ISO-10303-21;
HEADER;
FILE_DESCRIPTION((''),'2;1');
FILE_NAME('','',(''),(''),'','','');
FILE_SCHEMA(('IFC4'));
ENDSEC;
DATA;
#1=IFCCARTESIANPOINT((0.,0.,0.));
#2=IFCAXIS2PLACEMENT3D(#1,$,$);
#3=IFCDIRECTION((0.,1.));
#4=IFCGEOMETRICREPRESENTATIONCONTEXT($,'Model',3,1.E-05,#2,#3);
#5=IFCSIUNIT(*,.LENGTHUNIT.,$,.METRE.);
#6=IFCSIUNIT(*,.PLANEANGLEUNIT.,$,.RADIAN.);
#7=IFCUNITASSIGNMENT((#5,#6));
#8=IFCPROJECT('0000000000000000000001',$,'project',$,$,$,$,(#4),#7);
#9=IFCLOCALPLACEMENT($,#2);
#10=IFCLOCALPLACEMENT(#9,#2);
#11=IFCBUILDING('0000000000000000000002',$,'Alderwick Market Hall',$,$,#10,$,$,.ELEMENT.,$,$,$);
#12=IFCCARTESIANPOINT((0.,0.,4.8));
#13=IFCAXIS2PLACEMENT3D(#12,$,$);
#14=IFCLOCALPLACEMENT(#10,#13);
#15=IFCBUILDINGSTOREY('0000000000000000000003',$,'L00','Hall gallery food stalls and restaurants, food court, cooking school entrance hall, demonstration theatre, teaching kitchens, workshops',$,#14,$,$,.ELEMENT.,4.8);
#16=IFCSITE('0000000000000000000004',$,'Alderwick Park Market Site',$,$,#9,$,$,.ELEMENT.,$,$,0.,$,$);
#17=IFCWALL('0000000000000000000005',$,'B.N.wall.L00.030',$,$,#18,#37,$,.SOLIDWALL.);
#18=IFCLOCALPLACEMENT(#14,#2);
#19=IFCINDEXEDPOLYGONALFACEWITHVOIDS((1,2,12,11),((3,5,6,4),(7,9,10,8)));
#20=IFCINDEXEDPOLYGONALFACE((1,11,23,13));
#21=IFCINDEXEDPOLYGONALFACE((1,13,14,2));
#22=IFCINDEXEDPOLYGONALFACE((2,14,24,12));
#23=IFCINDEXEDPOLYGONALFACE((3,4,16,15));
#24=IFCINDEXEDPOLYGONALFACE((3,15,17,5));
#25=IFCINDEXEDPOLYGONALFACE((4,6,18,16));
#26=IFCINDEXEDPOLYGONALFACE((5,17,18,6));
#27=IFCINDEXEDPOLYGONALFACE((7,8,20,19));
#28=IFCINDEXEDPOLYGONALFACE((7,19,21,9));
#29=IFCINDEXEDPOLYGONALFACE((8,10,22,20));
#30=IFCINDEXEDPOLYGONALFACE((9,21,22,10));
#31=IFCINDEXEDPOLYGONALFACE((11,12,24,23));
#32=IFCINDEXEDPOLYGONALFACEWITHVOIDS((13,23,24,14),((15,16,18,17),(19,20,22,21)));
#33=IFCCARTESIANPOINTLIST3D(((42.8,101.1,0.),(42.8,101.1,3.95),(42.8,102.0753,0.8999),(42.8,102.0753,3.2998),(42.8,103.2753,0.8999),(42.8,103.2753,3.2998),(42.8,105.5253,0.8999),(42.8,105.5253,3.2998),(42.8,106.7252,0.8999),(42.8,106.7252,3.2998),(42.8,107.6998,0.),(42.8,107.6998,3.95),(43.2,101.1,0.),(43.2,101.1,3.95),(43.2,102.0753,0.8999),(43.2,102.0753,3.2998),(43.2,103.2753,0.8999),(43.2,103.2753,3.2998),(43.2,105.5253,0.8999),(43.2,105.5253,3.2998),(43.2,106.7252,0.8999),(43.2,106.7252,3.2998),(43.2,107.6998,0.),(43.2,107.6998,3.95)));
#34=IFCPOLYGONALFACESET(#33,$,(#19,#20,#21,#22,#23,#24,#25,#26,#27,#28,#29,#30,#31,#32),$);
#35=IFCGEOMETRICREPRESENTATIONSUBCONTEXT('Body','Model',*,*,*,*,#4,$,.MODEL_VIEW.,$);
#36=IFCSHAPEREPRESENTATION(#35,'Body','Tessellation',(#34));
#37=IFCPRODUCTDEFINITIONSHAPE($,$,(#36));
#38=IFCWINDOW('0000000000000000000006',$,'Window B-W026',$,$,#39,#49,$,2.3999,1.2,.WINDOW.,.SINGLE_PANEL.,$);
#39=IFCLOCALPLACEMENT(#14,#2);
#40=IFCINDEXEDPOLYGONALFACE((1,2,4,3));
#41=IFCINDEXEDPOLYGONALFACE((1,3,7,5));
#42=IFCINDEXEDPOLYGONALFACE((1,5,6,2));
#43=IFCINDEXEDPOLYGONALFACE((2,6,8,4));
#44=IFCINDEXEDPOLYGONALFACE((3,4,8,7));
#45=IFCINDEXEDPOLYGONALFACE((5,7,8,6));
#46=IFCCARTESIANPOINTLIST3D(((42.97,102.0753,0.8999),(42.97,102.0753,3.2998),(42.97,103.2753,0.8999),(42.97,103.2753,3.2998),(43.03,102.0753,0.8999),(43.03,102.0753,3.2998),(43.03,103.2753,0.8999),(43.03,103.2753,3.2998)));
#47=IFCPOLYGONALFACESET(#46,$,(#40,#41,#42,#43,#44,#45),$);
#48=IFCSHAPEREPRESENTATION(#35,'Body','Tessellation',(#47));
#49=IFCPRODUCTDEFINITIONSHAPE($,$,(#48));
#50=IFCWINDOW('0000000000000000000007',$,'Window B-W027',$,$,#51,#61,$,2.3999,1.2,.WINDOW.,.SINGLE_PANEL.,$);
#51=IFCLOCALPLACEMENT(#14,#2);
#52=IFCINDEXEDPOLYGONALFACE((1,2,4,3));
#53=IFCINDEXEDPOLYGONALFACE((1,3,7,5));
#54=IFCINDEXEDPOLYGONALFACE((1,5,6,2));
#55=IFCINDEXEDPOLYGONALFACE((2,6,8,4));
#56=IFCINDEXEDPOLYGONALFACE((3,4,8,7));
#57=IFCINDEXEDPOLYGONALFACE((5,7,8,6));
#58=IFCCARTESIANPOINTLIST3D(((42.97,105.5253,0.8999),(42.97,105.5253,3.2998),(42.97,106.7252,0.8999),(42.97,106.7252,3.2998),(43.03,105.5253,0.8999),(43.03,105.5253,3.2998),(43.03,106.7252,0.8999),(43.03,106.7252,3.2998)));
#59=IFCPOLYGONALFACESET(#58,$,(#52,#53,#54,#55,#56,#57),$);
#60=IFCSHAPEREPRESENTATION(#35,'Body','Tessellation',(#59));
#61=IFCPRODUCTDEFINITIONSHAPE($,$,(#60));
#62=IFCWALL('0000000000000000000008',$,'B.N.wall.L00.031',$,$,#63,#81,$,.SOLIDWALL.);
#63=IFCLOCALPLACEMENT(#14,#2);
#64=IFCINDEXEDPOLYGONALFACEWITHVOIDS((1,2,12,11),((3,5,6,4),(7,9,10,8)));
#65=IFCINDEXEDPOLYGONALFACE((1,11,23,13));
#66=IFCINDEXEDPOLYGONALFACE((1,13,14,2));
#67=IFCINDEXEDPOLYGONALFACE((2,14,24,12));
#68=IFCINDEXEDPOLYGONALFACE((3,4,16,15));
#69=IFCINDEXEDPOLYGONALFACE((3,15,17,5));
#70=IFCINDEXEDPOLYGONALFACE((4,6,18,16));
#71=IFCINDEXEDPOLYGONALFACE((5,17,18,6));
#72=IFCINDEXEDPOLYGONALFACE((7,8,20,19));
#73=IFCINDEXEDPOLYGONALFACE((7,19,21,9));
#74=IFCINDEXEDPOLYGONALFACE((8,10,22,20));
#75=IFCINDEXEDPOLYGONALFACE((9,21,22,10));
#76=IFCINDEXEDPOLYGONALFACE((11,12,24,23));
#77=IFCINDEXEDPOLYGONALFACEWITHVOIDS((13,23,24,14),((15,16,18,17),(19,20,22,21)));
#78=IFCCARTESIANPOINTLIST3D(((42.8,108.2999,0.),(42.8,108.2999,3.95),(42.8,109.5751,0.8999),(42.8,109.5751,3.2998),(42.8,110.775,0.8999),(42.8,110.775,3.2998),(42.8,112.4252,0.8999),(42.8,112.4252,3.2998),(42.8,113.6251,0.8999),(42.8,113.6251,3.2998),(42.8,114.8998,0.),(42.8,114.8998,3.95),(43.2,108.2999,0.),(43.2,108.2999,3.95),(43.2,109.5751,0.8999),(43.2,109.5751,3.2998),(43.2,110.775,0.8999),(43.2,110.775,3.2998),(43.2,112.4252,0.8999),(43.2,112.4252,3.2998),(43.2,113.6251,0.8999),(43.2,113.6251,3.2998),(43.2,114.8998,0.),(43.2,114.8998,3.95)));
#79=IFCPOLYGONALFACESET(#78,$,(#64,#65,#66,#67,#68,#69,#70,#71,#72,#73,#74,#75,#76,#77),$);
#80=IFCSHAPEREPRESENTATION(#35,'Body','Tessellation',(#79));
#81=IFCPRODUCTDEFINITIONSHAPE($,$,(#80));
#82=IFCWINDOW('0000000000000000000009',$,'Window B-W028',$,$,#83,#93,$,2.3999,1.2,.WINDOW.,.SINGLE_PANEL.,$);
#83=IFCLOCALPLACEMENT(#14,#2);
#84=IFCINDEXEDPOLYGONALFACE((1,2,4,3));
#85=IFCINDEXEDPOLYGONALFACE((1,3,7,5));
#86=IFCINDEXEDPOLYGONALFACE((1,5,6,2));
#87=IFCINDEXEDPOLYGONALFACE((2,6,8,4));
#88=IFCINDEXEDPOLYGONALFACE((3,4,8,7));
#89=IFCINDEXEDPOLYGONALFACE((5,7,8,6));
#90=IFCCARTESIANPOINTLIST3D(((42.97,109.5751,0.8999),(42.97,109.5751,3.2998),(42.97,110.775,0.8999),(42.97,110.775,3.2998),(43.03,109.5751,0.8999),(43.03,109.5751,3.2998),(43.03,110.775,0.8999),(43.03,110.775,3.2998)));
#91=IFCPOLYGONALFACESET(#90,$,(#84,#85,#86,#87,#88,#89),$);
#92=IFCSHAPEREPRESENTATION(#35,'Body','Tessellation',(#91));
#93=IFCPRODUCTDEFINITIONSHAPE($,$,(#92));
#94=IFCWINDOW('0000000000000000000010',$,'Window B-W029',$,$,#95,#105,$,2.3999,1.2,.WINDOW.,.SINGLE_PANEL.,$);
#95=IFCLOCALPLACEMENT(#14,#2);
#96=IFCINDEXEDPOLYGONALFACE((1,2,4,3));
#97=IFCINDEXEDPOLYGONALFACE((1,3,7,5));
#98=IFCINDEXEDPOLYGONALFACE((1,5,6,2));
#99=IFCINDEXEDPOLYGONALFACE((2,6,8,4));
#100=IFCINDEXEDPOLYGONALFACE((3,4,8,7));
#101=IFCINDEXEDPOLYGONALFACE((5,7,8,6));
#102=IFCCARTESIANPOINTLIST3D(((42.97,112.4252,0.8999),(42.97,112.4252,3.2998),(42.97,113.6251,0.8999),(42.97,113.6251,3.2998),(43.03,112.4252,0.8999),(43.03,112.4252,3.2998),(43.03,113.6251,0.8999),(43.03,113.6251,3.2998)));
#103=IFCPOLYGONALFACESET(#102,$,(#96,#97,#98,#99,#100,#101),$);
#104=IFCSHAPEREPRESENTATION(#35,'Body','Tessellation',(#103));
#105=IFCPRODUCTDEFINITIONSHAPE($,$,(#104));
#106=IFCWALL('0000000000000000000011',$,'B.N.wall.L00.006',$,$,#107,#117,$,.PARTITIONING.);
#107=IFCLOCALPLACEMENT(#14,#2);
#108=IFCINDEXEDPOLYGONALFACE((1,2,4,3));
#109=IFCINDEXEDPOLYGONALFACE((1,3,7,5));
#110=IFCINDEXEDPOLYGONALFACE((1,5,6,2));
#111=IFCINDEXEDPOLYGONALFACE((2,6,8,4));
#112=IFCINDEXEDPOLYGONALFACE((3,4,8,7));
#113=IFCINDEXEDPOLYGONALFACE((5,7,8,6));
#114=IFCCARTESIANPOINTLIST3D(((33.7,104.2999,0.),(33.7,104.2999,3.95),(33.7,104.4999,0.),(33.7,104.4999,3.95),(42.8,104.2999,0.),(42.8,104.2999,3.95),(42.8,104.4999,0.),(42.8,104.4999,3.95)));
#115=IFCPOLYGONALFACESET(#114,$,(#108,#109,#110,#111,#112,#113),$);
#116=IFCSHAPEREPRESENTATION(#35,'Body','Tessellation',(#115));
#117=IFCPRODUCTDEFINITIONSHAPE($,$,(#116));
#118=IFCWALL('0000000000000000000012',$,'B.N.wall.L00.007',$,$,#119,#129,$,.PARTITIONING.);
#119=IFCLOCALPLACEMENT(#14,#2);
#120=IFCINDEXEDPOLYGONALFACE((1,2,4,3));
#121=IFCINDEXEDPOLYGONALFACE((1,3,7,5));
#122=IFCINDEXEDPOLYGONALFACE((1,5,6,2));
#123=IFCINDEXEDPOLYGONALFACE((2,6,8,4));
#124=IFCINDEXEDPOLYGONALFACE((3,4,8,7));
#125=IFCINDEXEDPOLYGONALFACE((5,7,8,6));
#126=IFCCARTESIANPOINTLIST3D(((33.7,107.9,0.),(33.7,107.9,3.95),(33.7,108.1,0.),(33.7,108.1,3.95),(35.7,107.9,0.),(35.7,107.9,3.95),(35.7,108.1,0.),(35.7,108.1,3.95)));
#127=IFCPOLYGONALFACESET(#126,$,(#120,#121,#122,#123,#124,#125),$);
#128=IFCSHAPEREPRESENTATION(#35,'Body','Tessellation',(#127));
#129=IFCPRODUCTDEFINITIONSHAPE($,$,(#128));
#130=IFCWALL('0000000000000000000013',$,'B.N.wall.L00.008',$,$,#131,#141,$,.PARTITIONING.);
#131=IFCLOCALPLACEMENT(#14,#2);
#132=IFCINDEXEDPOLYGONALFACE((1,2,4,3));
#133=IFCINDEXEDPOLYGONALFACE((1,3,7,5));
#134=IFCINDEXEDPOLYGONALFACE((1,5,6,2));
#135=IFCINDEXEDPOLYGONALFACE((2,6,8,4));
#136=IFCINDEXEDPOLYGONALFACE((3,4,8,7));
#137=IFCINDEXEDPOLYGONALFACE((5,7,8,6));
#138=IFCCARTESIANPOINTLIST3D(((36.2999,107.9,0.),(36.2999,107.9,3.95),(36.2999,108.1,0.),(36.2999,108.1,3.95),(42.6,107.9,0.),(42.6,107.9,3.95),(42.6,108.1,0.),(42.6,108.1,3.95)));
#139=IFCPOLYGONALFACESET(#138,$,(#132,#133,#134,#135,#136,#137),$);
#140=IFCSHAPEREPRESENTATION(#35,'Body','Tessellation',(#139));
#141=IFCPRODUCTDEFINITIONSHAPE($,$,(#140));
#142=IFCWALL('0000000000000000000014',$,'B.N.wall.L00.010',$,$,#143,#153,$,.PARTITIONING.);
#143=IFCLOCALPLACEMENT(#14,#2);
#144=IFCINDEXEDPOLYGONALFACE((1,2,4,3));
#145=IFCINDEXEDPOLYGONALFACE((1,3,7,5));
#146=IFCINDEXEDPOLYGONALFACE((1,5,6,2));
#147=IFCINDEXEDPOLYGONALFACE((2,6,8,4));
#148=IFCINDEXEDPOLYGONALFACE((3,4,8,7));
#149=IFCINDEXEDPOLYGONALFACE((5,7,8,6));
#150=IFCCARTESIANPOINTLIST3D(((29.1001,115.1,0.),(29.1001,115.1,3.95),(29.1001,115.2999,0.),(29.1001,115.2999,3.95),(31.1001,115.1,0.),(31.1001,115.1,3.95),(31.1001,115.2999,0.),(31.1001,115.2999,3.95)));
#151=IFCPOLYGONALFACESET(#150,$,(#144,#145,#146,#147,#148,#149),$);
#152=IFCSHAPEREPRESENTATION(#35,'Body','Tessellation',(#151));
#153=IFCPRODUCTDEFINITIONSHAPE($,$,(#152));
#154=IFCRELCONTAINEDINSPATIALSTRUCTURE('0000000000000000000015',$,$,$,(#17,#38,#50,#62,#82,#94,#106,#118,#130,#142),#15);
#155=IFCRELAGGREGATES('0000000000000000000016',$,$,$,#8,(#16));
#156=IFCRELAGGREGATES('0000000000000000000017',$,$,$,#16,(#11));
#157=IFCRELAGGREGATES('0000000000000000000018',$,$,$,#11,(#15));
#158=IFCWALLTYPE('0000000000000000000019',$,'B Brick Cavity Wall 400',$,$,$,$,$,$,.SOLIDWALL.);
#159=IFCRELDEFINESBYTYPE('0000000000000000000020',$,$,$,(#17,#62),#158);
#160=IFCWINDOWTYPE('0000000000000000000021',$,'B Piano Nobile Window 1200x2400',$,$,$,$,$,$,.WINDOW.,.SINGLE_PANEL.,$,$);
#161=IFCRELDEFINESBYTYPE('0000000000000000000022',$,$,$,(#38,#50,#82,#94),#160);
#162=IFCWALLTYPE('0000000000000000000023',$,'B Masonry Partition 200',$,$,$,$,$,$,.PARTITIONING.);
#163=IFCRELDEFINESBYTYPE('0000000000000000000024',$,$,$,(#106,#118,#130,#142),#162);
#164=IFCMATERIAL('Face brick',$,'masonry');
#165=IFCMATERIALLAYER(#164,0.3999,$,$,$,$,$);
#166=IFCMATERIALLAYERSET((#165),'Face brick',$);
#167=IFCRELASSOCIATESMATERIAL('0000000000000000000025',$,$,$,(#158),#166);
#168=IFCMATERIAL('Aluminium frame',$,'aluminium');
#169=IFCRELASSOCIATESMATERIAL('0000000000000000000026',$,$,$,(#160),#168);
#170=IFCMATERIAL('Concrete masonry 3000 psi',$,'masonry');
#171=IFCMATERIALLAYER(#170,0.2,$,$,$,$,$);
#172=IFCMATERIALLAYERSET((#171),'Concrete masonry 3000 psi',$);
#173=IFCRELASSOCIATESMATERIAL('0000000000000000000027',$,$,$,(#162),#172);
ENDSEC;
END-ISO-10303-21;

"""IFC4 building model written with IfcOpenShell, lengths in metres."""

from ifc_helpers import new_model, si_unit, direction, frame, frame_2d, origin, place, context, subcontext, project, spatial, rectangle, extrude, material, layer, layer_set, type_object, element, fill, save


model = new_model("IFC4")

# Units and contexts
model_context = context("Model", 3, precision=1e-05, world=origin(), true_north=direction((0.0, 1.0)))
body_context = subcontext(model_context, "Body", "Model", "MODEL_VIEW")
ifc_project = project(units=[si_unit("LENGTHUNIT", "METRE"), si_unit("PLANEANGLEUNIT", "RADIAN")], contexts=[model_context])

# Site, building, storey
site_placement = place(None, origin())
site = spatial("IfcSite", under=ifc_project, at=site_placement, Name="Alderwick Park Market Site", CompositionType="ELEMENT", RefElevation=0.0)
building_placement = place(site_placement, origin())
building = spatial("IfcBuilding", under=site, at=building_placement, Name="Alderwick Market Hall", CompositionType="ELEMENT")
storey_placement = place(building_placement, frame((0.0, 0.0, 4.8)))
storey = spatial("IfcBuildingStorey", under=building, at=storey_placement, Name="L00", Description="Hall gallery food stalls and restaurants, food court, cooking school entrance hall, demonstration theatre, teaching kitchens, workshops", CompositionType="ELEMENT", Elevation=4.8)

# Walls, openings, windows
ifc_material_1 = material(Name="Face brick", Category="masonry")
ifc_layer_1 = layer(ifc_material_1, 0.3999)
ifc_layer_set_1 = layer_set([ifc_layer_1], Name="Face brick")
wall_type_1 = type_object("IfcWallType", Name="B Brick Cavity Wall 400", PredefinedType="SOLIDWALL", material=ifc_layer_set_1)
wall_1_placement = place(storey_placement, frame((43.0, 101.1001, 0.0), z_axis=(0.0, 0.0, 1.0), x_axis=(0.0, 1.0, 0.0)))
wall_1 = element("IfcWall", 1, at=wall_1_placement, inside=storey, type_object=wall_type_1, Name="B.N.wall.L00.030", PredefinedType="SOLIDWALL", context=body_context, shape_type="SweptSolid", body=[
    extrude(rectangle(XDim=6.5999, YDim=0.3999, at=frame_2d((3.2998, 0.0))), origin(), (0.0, 0.0, 1.0), 3.95),
])
opening_1_placement = place(wall_1_placement, frame((0.9751, 0.0, 0.8999)))
opening_1 = element("IfcOpeningElement", 2, at=opening_1_placement, cuts=wall_1, PredefinedType="OPENING", context=body_context, shape_type="SweptSolid", body=[
    extrude(rectangle(XDim=1.2, YDim=2.3999, at=frame_2d((0.6001, 1.2))), frame((0.0, 0.21, 0.0), z_axis=(0.0, -1.0, 0.0), x_axis=(1.0, 0.0, 0.0)), (0.0, 0.0, 1.0), 0.4199),
])
opening_2_placement = place(wall_1_placement, frame((4.425, 0.0, 0.8999)))
opening_2 = element("IfcOpeningElement", 3, at=opening_2_placement, cuts=wall_1, PredefinedType="OPENING", context=body_context, shape_type="SweptSolid", body=[
    extrude(rectangle(XDim=1.2, YDim=2.3999, at=frame_2d((0.6001, 1.2))), frame((0.0, 0.21, 0.0), z_axis=(0.0, -1.0, 0.0), x_axis=(1.0, 0.0, 0.0)), (0.0, 0.0, 1.0), 0.4199),
])
ifc_material_2 = material(Name="Aluminium frame", Category="aluminium")
window_type = type_object("IfcWindowType", Name="B Piano Nobile Window 1200x2400", PartitioningType="SINGLE_PANEL", PredefinedType="WINDOW", material=ifc_material_2)
window_1_placement = place(opening_1_placement, origin())
window_1 = element("IfcWindow", 4, at=window_1_placement, inside=storey, type_object=window_type, Name="Window B-W026", OverallHeight=2.3999, OverallWidth=1.2, PartitioningType="SINGLE_PANEL", PredefinedType="WINDOW", context=body_context, shape_type="SweptSolid", body=[
    extrude(rectangle(XDim=1.2, YDim=2.3999, at=frame_2d((0.6001, 1.2))), frame((0.0, 0.03, 0.0), z_axis=(0.0, -1.0, 0.0), x_axis=(1.0, 0.0, 0.0)), (0.0, 0.0, 1.0), 0.0601),
])
fill(opening_1, window_1)
window_2_placement = place(opening_2_placement, origin())
window_2 = element("IfcWindow", 5, at=window_2_placement, inside=storey, type_object=window_type, Name="Window B-W027", OverallHeight=2.3999, OverallWidth=1.2, PartitioningType="SINGLE_PANEL", PredefinedType="WINDOW", context=body_context, shape_type="SweptSolid", body=[
    extrude(rectangle(XDim=1.2, YDim=2.3999, at=frame_2d((0.6001, 1.2))), frame((0.0, 0.03, 0.0), z_axis=(0.0, -1.0, 0.0), x_axis=(1.0, 0.0, 0.0)), (0.0, 0.0, 1.0), 0.0601),
])
fill(opening_2, window_2)
wall_2_placement = place(storey_placement, frame((43.0, 108.3, 0.0), z_axis=(0.0, 0.0, 1.0), x_axis=(0.0, 1.0, 0.0)))
wall_2 = element("IfcWall", 6, at=wall_2_placement, inside=storey, type_object=wall_type_1, Name="B.N.wall.L00.031", PredefinedType="SOLIDWALL", context=body_context, shape_type="SweptSolid", body=[
    extrude(rectangle(XDim=6.5999, YDim=0.3999, at=frame_2d((3.2998, 0.0))), origin(), (0.0, 0.0, 1.0), 3.95),
])
opening_3_placement = place(wall_2_placement, frame((1.2749, 0.0, 0.8999)))
opening_3 = element("IfcOpeningElement", 7, at=opening_3_placement, cuts=wall_2, PredefinedType="OPENING", context=body_context, shape_type="SweptSolid", body=[
    extrude(rectangle(XDim=1.2, YDim=2.3999, at=frame_2d((0.6001, 1.2))), frame((0.0, 0.21, 0.0), z_axis=(0.0, -1.0, 0.0), x_axis=(1.0, 0.0, 0.0)), (0.0, 0.0, 1.0), 0.4199),
])
opening_4_placement = place(wall_2_placement, frame((4.125, 0.0, 0.8999)))
opening_4 = element("IfcOpeningElement", 8, at=opening_4_placement, cuts=wall_2, PredefinedType="OPENING", context=body_context, shape_type="SweptSolid", body=[
    extrude(rectangle(XDim=1.2, YDim=2.3999, at=frame_2d((0.6001, 1.2))), frame((0.0, 0.21, 0.0), z_axis=(0.0, -1.0, 0.0), x_axis=(1.0, 0.0, 0.0)), (0.0, 0.0, 1.0), 0.4199),
])
window_3_placement = place(opening_3_placement, origin())
window_3 = element("IfcWindow", 9, at=window_3_placement, inside=storey, type_object=window_type, Name="Window B-W028", OverallHeight=2.3999, OverallWidth=1.2, PartitioningType="SINGLE_PANEL", PredefinedType="WINDOW", context=body_context, shape_type="SweptSolid", body=[
    extrude(rectangle(XDim=1.2, YDim=2.3999, at=frame_2d((0.6001, 1.2))), frame((0.0, 0.03, 0.0), z_axis=(0.0, -1.0, 0.0), x_axis=(1.0, 0.0, 0.0)), (0.0, 0.0, 1.0), 0.0601),
])
fill(opening_3, window_3)
window_4_placement = place(opening_4_placement, origin())
window_4 = element("IfcWindow", 10, at=window_4_placement, inside=storey, type_object=window_type, Name="Window B-W029", OverallHeight=2.3999, OverallWidth=1.2, PartitioningType="SINGLE_PANEL", PredefinedType="WINDOW", context=body_context, shape_type="SweptSolid", body=[
    extrude(rectangle(XDim=1.2, YDim=2.3999, at=frame_2d((0.6001, 1.2))), frame((0.0, 0.03, 0.0), z_axis=(0.0, -1.0, 0.0), x_axis=(1.0, 0.0, 0.0)), (0.0, 0.0, 1.0), 0.0601),
])
fill(opening_4, window_4)

# Walls
ifc_material_3 = material(Name="Concrete masonry 3000 psi", Category="masonry")
ifc_layer_2 = layer(ifc_material_3, 0.2)
ifc_layer_set_2 = layer_set([ifc_layer_2], Name="Concrete masonry 3000 psi")
wall_type_2 = type_object("IfcWallType", Name="B Masonry Partition 200", PredefinedType="PARTITIONING", material=ifc_layer_set_2)
wall_3_placement = place(storey_placement, frame((33.7, 104.3999, 0.0), z_axis=(0.0, 0.0, 1.0), x_axis=(1.0, 0.0, 0.0)))
element("IfcWall", 11, at=wall_3_placement, inside=storey, type_object=wall_type_2, Name="B.N.wall.L00.006", PredefinedType="PARTITIONING", context=body_context, shape_type="SweptSolid", body=[
    extrude(rectangle(XDim=9.1001, YDim=0.2, at=frame_2d((4.55, 0.0))), origin(), (0.0, 0.0, 1.0), 3.95),
])
wall_4_placement = place(storey_placement, frame((33.7, 108.0, 0.0), z_axis=(0.0, 0.0, 1.0), x_axis=(1.0, 0.0, 0.0)))
element("IfcWall", 12, at=wall_4_placement, inside=storey, type_object=wall_type_2, Name="B.N.wall.L00.007", PredefinedType="PARTITIONING", context=body_context, shape_type="SweptSolid", body=[
    extrude(rectangle(XDim=2.0, YDim=0.2, at=frame_2d((1.0, 0.0))), origin(), (0.0, 0.0, 1.0), 3.95),
])
wall_5_placement = place(storey_placement, frame((36.3, 108.0, 0.0), z_axis=(0.0, 0.0, 1.0), x_axis=(1.0, 0.0, 0.0)))
element("IfcWall", 13, at=wall_5_placement, inside=storey, type_object=wall_type_2, Name="B.N.wall.L00.008", PredefinedType="PARTITIONING", context=body_context, shape_type="SweptSolid", body=[
    extrude(rectangle(XDim=6.3, YDim=0.2, at=frame_2d((3.1499, 0.0))), origin(), (0.0, 0.0, 1.0), 3.95),
])
wall_6_placement = place(storey_placement, frame((29.1001, 115.2, 0.0), z_axis=(0.0, 0.0, 1.0), x_axis=(1.0, 0.0, 0.0)))
element("IfcWall", 14, at=wall_6_placement, inside=storey, type_object=wall_type_2, Name="B.N.wall.L00.010", PredefinedType="PARTITIONING", context=body_context, shape_type="SweptSolid", body=[
    extrude(rectangle(XDim=2.0, YDim=0.2, at=frame_2d((1.0, 0.0))), origin(), (0.0, 0.0, 1.0), 3.95),
])

save(model, "model.ifc")
